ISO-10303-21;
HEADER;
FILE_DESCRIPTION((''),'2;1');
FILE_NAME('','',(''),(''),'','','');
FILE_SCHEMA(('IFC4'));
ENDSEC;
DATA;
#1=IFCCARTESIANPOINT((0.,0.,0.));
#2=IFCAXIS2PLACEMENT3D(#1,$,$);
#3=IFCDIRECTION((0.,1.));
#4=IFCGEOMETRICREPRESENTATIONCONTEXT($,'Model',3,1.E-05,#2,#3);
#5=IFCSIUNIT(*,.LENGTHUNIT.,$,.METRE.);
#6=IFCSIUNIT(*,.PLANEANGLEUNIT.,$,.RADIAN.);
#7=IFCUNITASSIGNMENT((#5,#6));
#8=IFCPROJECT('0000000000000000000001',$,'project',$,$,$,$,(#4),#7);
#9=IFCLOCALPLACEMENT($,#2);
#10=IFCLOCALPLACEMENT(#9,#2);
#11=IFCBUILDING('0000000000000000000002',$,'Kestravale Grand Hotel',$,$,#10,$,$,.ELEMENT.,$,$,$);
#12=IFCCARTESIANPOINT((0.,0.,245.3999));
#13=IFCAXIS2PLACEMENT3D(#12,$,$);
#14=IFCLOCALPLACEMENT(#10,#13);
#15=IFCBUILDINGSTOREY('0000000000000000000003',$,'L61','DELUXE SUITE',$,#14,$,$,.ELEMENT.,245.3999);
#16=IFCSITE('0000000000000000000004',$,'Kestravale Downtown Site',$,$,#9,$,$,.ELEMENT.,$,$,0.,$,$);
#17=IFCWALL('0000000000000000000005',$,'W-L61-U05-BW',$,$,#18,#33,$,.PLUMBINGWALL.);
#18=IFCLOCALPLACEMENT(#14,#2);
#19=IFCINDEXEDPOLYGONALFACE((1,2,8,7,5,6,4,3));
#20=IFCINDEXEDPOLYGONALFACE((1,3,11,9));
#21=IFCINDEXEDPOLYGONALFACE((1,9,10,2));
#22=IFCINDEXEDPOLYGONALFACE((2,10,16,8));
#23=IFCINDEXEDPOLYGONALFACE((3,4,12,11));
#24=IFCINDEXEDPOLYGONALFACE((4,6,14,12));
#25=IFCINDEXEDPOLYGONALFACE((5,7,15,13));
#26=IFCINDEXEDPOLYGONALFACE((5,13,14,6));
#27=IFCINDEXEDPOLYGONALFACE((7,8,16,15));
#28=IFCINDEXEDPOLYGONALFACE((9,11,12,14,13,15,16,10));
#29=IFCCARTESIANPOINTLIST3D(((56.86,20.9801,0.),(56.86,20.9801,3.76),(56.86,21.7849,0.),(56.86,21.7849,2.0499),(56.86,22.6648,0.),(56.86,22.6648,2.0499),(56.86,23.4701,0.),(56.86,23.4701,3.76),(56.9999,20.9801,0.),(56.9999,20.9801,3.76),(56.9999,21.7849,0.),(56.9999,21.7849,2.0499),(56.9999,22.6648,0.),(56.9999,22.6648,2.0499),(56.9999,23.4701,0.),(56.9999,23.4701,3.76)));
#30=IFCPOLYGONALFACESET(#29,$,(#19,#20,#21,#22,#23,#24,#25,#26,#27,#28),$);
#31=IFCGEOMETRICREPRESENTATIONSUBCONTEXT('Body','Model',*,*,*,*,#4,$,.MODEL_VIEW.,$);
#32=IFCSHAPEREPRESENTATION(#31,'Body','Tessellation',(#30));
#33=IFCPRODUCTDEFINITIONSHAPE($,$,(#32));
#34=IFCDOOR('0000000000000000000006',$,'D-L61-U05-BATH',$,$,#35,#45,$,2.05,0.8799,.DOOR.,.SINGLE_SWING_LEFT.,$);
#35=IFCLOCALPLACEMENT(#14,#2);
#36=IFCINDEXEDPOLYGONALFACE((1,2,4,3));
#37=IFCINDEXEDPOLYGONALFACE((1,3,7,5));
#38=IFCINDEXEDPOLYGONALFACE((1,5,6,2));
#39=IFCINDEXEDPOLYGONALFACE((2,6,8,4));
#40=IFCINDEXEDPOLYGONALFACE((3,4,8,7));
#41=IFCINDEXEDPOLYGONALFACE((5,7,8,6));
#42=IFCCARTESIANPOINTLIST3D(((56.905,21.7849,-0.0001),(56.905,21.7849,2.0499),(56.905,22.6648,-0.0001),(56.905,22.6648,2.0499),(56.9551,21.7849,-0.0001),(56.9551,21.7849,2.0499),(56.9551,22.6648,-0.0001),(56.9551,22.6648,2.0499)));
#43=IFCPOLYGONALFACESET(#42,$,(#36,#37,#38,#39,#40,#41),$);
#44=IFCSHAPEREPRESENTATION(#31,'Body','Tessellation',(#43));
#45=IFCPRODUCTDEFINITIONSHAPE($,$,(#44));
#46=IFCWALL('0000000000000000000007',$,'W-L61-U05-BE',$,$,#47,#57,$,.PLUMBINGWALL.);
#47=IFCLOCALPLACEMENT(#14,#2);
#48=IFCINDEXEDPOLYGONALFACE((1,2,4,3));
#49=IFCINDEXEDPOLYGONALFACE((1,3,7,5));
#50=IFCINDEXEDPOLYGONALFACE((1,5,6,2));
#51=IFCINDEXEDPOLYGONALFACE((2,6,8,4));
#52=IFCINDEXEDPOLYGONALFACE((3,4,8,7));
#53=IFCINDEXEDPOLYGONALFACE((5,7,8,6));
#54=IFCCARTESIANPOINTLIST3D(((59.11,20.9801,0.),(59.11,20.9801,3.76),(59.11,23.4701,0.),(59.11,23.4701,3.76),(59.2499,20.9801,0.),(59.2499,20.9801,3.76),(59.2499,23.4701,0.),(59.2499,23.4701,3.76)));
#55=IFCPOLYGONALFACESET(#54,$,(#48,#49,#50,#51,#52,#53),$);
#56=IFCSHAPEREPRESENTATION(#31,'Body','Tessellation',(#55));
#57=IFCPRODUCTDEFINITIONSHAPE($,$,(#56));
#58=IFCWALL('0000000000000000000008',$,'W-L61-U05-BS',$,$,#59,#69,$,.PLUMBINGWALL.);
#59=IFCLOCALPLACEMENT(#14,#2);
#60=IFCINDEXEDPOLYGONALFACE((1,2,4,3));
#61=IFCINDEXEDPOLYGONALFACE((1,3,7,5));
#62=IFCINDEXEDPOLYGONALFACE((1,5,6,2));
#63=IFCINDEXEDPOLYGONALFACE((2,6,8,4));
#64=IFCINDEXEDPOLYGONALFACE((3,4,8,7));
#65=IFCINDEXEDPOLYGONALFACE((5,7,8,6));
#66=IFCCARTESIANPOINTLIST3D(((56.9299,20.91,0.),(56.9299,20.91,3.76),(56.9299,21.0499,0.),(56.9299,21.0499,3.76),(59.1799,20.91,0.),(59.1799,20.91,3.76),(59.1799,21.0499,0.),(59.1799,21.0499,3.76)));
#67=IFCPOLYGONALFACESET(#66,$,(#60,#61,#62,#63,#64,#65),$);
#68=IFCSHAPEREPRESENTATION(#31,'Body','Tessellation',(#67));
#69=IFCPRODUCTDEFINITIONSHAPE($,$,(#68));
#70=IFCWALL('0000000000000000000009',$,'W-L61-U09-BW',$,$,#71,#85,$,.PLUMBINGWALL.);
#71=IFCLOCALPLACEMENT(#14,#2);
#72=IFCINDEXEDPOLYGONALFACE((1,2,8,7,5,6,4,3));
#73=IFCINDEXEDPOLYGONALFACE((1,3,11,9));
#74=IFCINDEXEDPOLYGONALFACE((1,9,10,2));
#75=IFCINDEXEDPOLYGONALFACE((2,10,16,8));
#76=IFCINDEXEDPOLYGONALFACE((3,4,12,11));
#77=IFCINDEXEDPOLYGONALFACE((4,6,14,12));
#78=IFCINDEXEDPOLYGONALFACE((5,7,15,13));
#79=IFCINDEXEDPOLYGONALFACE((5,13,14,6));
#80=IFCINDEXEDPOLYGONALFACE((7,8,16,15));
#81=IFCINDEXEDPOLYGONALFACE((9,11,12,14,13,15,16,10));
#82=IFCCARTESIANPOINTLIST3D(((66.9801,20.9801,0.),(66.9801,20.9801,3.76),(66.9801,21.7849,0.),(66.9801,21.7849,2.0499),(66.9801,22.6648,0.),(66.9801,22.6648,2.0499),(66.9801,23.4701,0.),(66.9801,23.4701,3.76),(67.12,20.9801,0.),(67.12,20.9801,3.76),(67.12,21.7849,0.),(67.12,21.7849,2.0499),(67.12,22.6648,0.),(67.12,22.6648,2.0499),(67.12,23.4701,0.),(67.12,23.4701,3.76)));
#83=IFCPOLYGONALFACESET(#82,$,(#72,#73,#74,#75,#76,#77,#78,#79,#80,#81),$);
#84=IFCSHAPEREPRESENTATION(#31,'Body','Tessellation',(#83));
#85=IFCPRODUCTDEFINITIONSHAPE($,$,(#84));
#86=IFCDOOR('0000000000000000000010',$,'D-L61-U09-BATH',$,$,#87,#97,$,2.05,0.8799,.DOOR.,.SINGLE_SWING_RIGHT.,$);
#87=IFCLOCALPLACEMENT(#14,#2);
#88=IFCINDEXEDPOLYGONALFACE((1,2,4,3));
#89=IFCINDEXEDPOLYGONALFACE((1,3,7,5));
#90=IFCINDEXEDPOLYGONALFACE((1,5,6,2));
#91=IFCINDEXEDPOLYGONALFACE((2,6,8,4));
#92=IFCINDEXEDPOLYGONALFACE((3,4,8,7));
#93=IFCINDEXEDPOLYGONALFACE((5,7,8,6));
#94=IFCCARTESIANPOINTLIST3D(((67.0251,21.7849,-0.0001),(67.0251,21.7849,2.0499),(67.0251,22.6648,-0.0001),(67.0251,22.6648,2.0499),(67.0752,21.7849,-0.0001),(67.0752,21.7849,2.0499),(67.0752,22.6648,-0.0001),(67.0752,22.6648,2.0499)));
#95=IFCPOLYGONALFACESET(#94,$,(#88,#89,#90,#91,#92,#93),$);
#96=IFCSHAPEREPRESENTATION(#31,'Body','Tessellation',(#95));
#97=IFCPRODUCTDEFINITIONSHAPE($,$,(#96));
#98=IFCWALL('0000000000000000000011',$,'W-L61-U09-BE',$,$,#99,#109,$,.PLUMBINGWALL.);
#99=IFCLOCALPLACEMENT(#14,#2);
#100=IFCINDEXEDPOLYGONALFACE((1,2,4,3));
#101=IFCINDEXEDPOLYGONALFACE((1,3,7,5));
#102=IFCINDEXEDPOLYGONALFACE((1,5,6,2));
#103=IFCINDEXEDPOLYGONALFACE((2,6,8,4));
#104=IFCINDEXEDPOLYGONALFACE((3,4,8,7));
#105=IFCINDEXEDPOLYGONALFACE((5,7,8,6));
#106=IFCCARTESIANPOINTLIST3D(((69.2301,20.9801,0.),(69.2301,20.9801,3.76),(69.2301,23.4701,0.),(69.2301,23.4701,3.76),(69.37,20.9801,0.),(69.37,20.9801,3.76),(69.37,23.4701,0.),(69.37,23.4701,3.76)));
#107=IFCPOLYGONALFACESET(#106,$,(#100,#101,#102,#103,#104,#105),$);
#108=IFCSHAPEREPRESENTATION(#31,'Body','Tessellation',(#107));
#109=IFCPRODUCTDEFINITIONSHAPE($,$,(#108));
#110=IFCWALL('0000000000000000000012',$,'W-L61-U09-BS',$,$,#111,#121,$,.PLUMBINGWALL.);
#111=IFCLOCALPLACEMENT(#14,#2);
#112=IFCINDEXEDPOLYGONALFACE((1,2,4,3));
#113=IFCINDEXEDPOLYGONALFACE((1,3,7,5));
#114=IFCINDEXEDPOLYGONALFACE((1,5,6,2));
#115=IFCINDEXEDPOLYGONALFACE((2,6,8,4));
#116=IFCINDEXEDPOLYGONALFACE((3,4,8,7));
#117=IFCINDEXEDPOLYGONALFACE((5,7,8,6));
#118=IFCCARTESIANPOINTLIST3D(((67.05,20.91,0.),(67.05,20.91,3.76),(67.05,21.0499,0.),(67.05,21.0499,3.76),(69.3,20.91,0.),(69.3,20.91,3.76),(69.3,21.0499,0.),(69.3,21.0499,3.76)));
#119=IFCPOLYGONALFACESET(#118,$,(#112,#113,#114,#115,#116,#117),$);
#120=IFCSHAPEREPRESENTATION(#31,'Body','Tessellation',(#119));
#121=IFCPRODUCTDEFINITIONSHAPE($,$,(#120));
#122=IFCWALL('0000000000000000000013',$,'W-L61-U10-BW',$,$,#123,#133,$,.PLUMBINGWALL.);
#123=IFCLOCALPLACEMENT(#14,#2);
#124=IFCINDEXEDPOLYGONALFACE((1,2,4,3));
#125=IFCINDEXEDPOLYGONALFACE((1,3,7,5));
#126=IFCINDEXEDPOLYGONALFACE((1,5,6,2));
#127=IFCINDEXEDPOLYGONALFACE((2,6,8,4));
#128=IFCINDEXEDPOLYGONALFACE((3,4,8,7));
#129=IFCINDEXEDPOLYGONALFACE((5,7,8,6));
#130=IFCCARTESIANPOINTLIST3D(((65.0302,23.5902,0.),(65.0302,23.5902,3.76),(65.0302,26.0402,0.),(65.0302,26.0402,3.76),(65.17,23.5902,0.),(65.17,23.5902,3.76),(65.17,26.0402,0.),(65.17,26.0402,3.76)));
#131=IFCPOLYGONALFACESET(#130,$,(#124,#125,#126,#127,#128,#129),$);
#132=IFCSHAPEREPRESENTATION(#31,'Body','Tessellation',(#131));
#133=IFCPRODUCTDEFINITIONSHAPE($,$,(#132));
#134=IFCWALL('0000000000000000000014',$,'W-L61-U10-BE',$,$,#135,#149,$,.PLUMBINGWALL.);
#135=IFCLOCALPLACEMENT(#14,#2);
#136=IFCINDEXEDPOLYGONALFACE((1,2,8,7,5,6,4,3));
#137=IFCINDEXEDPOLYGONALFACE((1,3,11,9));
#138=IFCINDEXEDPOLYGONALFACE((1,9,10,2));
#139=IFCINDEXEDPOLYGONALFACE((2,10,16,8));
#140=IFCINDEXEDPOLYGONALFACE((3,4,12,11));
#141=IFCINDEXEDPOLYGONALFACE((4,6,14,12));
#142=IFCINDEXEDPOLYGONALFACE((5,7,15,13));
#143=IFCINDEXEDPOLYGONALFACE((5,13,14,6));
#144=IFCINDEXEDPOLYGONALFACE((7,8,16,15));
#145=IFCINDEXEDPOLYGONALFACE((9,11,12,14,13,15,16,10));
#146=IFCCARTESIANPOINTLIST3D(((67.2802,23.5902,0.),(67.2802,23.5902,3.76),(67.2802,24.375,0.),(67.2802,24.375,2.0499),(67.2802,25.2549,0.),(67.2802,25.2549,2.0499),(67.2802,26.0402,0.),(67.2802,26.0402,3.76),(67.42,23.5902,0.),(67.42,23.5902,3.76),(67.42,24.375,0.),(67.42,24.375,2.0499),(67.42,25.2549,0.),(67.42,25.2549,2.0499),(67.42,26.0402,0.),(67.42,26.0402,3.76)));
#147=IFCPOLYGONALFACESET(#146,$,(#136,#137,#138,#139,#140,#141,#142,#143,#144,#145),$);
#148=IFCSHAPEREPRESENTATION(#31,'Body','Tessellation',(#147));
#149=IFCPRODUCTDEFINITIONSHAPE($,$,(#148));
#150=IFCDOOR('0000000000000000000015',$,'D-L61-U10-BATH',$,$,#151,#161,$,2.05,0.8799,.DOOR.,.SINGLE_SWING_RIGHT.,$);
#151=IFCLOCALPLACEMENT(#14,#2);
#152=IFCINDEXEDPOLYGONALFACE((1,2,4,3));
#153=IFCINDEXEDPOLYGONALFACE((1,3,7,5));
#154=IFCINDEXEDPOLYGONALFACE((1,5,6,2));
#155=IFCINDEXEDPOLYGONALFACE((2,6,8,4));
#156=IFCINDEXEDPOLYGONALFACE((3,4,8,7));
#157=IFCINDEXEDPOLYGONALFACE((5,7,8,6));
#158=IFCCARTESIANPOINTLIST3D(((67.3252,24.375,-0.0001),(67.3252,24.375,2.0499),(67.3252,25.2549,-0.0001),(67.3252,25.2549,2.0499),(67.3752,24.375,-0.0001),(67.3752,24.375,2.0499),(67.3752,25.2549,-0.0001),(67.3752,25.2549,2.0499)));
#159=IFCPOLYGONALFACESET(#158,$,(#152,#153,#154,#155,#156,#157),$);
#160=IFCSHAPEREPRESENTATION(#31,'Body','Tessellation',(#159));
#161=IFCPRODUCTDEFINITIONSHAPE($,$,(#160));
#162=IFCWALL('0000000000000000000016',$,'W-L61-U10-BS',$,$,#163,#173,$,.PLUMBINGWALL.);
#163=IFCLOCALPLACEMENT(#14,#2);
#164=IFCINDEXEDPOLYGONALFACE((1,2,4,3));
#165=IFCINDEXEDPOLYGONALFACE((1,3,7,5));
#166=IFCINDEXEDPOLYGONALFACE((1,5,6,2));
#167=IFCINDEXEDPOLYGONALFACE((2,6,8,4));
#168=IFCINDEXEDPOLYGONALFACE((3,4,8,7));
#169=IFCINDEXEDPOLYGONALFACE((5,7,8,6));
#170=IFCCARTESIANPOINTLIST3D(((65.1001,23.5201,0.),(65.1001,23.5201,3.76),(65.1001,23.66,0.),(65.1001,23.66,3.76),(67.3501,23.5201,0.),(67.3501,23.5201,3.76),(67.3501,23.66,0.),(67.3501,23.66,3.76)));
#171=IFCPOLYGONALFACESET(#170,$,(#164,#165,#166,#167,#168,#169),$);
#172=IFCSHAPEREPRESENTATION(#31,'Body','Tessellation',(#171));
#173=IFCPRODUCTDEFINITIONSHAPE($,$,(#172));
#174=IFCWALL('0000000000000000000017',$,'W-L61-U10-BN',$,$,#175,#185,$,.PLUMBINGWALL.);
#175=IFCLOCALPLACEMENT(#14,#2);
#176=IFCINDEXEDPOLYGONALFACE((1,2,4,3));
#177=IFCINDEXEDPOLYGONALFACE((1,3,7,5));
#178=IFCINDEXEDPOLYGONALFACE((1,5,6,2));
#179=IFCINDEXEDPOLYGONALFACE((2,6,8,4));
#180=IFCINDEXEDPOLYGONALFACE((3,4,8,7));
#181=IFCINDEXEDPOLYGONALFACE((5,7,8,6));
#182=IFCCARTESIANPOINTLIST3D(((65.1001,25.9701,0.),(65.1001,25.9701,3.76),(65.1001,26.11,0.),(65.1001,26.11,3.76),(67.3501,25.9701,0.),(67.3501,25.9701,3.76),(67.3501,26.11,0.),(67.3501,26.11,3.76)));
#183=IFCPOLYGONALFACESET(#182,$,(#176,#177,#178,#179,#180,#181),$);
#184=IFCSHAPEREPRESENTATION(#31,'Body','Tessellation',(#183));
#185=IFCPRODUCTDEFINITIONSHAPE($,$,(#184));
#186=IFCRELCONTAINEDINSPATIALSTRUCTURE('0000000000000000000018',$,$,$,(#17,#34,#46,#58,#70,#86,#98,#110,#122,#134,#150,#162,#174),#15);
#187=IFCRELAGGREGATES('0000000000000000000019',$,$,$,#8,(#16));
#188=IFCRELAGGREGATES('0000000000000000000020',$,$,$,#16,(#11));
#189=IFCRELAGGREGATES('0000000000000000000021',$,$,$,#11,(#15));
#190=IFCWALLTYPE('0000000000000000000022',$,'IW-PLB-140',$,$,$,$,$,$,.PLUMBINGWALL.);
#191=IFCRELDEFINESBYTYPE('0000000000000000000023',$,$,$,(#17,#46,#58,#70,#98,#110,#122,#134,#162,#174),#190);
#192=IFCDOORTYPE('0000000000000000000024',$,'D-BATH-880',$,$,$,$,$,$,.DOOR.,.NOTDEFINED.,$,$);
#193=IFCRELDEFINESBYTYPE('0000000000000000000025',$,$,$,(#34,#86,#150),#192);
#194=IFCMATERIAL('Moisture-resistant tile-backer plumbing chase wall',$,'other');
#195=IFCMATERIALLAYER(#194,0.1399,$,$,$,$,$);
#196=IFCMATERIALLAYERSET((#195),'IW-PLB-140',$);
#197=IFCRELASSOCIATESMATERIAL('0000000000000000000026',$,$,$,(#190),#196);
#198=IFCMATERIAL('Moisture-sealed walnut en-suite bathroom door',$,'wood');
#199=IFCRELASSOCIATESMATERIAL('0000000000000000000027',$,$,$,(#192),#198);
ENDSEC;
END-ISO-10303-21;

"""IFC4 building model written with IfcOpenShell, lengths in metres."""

from ifc_helpers import new_model, si_unit, direction, frame, frame_2d, origin, place, context, subcontext, project, spatial, rectangle, extrude, material, layer, layer_set, type_object, element, fill, save


model = new_model("IFC4")

# Units and contexts
model_context = context("Model", 3, precision=1e-05, world=origin(), true_north=direction((0.0, 1.0)))
body_context = subcontext(model_context, "Body", "Model", "MODEL_VIEW")
ifc_project = project(units=[si_unit("LENGTHUNIT", "METRE"), si_unit("PLANEANGLEUNIT", "RADIAN")], contexts=[model_context])

# Site, building, storey
site_placement = place(None, origin())
site = spatial("IfcSite", under=ifc_project, at=site_placement, Name="Kestravale Downtown Site", CompositionType="ELEMENT", RefElevation=0.0)
building_placement = place(site_placement, origin())
building = spatial("IfcBuilding", under=site, at=building_placement, Name="Kestravale Grand Hotel", CompositionType="ELEMENT")
storey_placement = place(building_placement, frame((0.0, 0.0, 245.3999)))
storey = spatial("IfcBuildingStorey", under=building, at=storey_placement, Name="L61", Description="DELUXE SUITE", CompositionType="ELEMENT", Elevation=245.3999)

# Wall, opening, door
ifc_material_1 = material(Name="Moisture-resistant tile-backer plumbing chase wall", Category="other")
ifc_layer_1 = layer(ifc_material_1, 0.1399)
ifc_layer_set_1 = layer_set([ifc_layer_1], Name="IW-PLB-140")
wall_type_1 = type_object("IfcWallType", Name="IW-PLB-140", PredefinedType="PLUMBINGWALL", material=ifc_layer_set_1)
wall_1_placement = place(storey_placement, frame((56.9299, 20.98, 0.0), z_axis=(0.0, 0.0, 1.0), x_axis=(0.0, 1.0, 0.0)))
wall_1 = element("IfcWall", 1, at=wall_1_placement, inside=storey, type_object=wall_type_1, Name="W-L61-U05-BW", PredefinedType="PLUMBINGWALL", context=body_context, shape_type="SweptSolid", body=[
    extrude(rectangle(XDim=2.49, YDim=0.1399, at=frame_2d((1.2451, 0.0))), origin(), (0.0, 0.0, 1.0), 3.76),
])
opening_1_placement = place(wall_1_placement, frame((0.8049, 0.0, 0.0)))
opening_1 = element("IfcOpeningElement", 2, at=opening_1_placement, cuts=wall_1, PredefinedType="OPENING", context=body_context, shape_type="SweptSolid", body=[
    extrude(rectangle(XDim=0.8799, YDim=2.05, at=frame_2d((0.4399, 1.0249))), frame((0.0, 0.0798, 0.0), z_axis=(0.0, -1.0, 0.0), x_axis=(1.0, 0.0, 0.0)), (0.0, 0.0, 1.0), 0.1599),
])
ifc_material_2 = material(Name="Moisture-sealed walnut en-suite bathroom door", Category="wood")
door_type_1 = type_object("IfcDoorType", Name="D-BATH-880", OperationType="NOTDEFINED", PredefinedType="DOOR", material=ifc_material_2)
door_1_placement = place(opening_1_placement, origin())
door_1 = element("IfcDoor", 3, at=door_1_placement, inside=storey, type_object=door_type_1, Name="D-L61-U05-BATH", OperationType="SINGLE_SWING_LEFT", OverallHeight=2.05, OverallWidth=0.8799, PredefinedType="DOOR", context=body_context, shape_type="SweptSolid", body=[
    extrude(rectangle(XDim=0.8799, YDim=2.05, at=frame_2d((0.4399, 1.0249))), frame((0.0, 0.0249, 0.0), z_axis=(0.0, -1.0, 0.0), x_axis=(1.0, 0.0, 0.0)), (0.0, 0.0, 1.0), 0.05),
])
fill(opening_1, door_1)

# Walls
wall_2_placement = place(storey_placement, frame((59.1799, 20.98, 0.0), z_axis=(0.0, 0.0, 1.0), x_axis=(0.0, 1.0, 0.0)))
element("IfcWall", 4, at=wall_2_placement, inside=storey, type_object=wall_type_1, Name="W-L61-U05-BE", PredefinedType="PLUMBINGWALL", context=body_context, shape_type="SweptSolid", body=[
    extrude(rectangle(XDim=2.49, YDim=0.1399, at=frame_2d((1.2451, 0.0))), origin(), (0.0, 0.0, 1.0), 3.76),
])
wall_3_placement = place(storey_placement, frame((56.9299, 20.98, 0.0), z_axis=(0.0, 0.0, 1.0), x_axis=(1.0, 0.0, 0.0)))
element("IfcWall", 5, at=wall_3_placement, inside=storey, type_object=wall_type_1, Name="W-L61-U05-BS", PredefinedType="PLUMBINGWALL", context=body_context, shape_type="SweptSolid", body=[
    extrude(rectangle(XDim=2.25, YDim=0.1399, at=frame_2d((1.125, 0.0))), origin(), (0.0, 0.0, 1.0), 3.76),
])

# Wall, opening, door
wall_4_placement = place(storey_placement, frame((67.05, 20.98, 0.0), z_axis=(0.0, 0.0, 1.0), x_axis=(0.0, 1.0, 0.0)))
wall_4 = element("IfcWall", 6, at=wall_4_placement, inside=storey, type_object=wall_type_1, Name="W-L61-U09-BW", PredefinedType="PLUMBINGWALL", context=body_context, shape_type="SweptSolid", body=[
    extrude(rectangle(XDim=2.49, YDim=0.1399, at=frame_2d((1.2451, 0.0))), origin(), (0.0, 0.0, 1.0), 3.76),
])
opening_2_placement = place(wall_4_placement, frame((0.8049, 0.0, 0.0)))
opening_2 = element("IfcOpeningElement", 7, at=opening_2_placement, cuts=wall_4, PredefinedType="OPENING", context=body_context, shape_type="SweptSolid", body=[
    extrude(rectangle(XDim=0.8799, YDim=2.05, at=frame_2d((0.4399, 1.0249))), frame((0.0, 0.0798, 0.0), z_axis=(0.0, -1.0, 0.0), x_axis=(1.0, 0.0, 0.0)), (0.0, 0.0, 1.0), 0.1599),
])
door_2_placement = place(opening_2_placement, origin())
door_2 = element("IfcDoor", 8, at=door_2_placement, inside=storey, type_object=door_type_1, Name="D-L61-U09-BATH", OperationType="SINGLE_SWING_RIGHT", OverallHeight=2.05, OverallWidth=0.8799, PredefinedType="DOOR", context=body_context, shape_type="SweptSolid", body=[
    extrude(rectangle(XDim=0.8799, YDim=2.05, at=frame_2d((0.4399, 1.0249))), frame((0.0, 0.0249, 0.0), z_axis=(0.0, -1.0, 0.0), x_axis=(1.0, 0.0, 0.0)), (0.0, 0.0, 1.0), 0.05),
])
fill(opening_2, door_2)

# Walls
wall_5_placement = place(storey_placement, frame((69.3, 20.98, 0.0), z_axis=(0.0, 0.0, 1.0), x_axis=(0.0, 1.0, 0.0)))
element("IfcWall", 9, at=wall_5_placement, inside=storey, type_object=wall_type_1, Name="W-L61-U09-BE", PredefinedType="PLUMBINGWALL", context=body_context, shape_type="SweptSolid", body=[
    extrude(rectangle(XDim=2.49, YDim=0.1399, at=frame_2d((1.2451, 0.0))), origin(), (0.0, 0.0, 1.0), 3.76),
])
wall_6_placement = place(storey_placement, frame((67.05, 20.98, 0.0), z_axis=(0.0, 0.0, 1.0), x_axis=(1.0, 0.0, 0.0)))
element("IfcWall", 10, at=wall_6_placement, inside=storey, type_object=wall_type_1, Name="W-L61-U09-BS", PredefinedType="PLUMBINGWALL", context=body_context, shape_type="SweptSolid", body=[
    extrude(rectangle(XDim=2.25, YDim=0.1399, at=frame_2d((1.125, 0.0))), origin(), (0.0, 0.0, 1.0), 3.76),
])
wall_7_placement = place(storey_placement, frame((65.1001, 23.5901, 0.0), z_axis=(0.0, 0.0, 1.0), x_axis=(0.0, 1.0, 0.0)))
element("IfcWall", 11, at=wall_7_placement, inside=storey, type_object=wall_type_1, Name="W-L61-U10-BW", PredefinedType="PLUMBINGWALL", context=body_context, shape_type="SweptSolid", body=[
    extrude(rectangle(XDim=2.45, YDim=0.1399, at=frame_2d((1.2251, 0.0))), origin(), (0.0, 0.0, 1.0), 3.76),
])

# Wall, opening, door
wall_8_placement = place(storey_placement, frame((67.3501, 23.5901, 0.0), z_axis=(0.0, 0.0, 1.0), x_axis=(0.0, 1.0, 0.0)))
wall_8 = element("IfcWall", 12, at=wall_8_placement, inside=storey, type_object=wall_type_1, Name="W-L61-U10-BE", PredefinedType="PLUMBINGWALL", context=body_context, shape_type="SweptSolid", body=[
    extrude(rectangle(XDim=2.45, YDim=0.1399, at=frame_2d((1.2251, 0.0))), origin(), (0.0, 0.0, 1.0), 3.76),
])
opening_3_placement = place(wall_8_placement, frame((0.7849, 0.0, 0.0)))
opening_3 = element("IfcOpeningElement", 13, at=opening_3_placement, cuts=wall_8, PredefinedType="OPENING", context=body_context, shape_type="SweptSolid", body=[
    extrude(rectangle(XDim=0.8799, YDim=2.05, at=frame_2d((0.4399, 1.0249))), frame((0.0, 0.0798, 0.0), z_axis=(0.0, -1.0, 0.0), x_axis=(1.0, 0.0, 0.0)), (0.0, 0.0, 1.0), 0.1599),
])
door_3_placement = place(opening_3_placement, origin())
door_3 = element("IfcDoor", 14, at=door_3_placement, inside=storey, type_object=door_type_1, Name="D-L61-U10-BATH", OperationType="SINGLE_SWING_RIGHT", OverallHeight=2.05, OverallWidth=0.8799, PredefinedType="DOOR", context=body_context, shape_type="SweptSolid", body=[
    extrude(rectangle(XDim=0.8799, YDim=2.05, at=frame_2d((0.4399, 1.0249))), frame((0.0, 0.0249, 0.0), z_axis=(0.0, -1.0, 0.0), x_axis=(1.0, 0.0, 0.0)), (0.0, 0.0, 1.0), 0.05),
])
fill(opening_3, door_3)

# Walls
for number, where, z_axis, x_axis, name in (
    (15, (65.1001, 23.5901, 0.0), (0.0, 0.0, 1.0), (1.0, 0.0, 0.0), "W-L61-U10-BS"),
    (16, (65.1001, 26.04, 0.0), (0.0, 0.0, 1.0), (1.0, 0.0, 0.0), "W-L61-U10-BN"),
):
    element("IfcWall", number, at=place(storey_placement, frame(where, z_axis=z_axis, x_axis=x_axis)), inside=storey, type_object=wall_type_1, Name=name, PredefinedType="PLUMBINGWALL", context=body_context, shape_type="SweptSolid", body=[
        extrude(rectangle(XDim=2.25, YDim=0.1399, at=frame_2d((1.125, 0.0))), origin(), (0.0, 0.0, 1.0), 3.76),
    ])

save(model, "model.ifc")
